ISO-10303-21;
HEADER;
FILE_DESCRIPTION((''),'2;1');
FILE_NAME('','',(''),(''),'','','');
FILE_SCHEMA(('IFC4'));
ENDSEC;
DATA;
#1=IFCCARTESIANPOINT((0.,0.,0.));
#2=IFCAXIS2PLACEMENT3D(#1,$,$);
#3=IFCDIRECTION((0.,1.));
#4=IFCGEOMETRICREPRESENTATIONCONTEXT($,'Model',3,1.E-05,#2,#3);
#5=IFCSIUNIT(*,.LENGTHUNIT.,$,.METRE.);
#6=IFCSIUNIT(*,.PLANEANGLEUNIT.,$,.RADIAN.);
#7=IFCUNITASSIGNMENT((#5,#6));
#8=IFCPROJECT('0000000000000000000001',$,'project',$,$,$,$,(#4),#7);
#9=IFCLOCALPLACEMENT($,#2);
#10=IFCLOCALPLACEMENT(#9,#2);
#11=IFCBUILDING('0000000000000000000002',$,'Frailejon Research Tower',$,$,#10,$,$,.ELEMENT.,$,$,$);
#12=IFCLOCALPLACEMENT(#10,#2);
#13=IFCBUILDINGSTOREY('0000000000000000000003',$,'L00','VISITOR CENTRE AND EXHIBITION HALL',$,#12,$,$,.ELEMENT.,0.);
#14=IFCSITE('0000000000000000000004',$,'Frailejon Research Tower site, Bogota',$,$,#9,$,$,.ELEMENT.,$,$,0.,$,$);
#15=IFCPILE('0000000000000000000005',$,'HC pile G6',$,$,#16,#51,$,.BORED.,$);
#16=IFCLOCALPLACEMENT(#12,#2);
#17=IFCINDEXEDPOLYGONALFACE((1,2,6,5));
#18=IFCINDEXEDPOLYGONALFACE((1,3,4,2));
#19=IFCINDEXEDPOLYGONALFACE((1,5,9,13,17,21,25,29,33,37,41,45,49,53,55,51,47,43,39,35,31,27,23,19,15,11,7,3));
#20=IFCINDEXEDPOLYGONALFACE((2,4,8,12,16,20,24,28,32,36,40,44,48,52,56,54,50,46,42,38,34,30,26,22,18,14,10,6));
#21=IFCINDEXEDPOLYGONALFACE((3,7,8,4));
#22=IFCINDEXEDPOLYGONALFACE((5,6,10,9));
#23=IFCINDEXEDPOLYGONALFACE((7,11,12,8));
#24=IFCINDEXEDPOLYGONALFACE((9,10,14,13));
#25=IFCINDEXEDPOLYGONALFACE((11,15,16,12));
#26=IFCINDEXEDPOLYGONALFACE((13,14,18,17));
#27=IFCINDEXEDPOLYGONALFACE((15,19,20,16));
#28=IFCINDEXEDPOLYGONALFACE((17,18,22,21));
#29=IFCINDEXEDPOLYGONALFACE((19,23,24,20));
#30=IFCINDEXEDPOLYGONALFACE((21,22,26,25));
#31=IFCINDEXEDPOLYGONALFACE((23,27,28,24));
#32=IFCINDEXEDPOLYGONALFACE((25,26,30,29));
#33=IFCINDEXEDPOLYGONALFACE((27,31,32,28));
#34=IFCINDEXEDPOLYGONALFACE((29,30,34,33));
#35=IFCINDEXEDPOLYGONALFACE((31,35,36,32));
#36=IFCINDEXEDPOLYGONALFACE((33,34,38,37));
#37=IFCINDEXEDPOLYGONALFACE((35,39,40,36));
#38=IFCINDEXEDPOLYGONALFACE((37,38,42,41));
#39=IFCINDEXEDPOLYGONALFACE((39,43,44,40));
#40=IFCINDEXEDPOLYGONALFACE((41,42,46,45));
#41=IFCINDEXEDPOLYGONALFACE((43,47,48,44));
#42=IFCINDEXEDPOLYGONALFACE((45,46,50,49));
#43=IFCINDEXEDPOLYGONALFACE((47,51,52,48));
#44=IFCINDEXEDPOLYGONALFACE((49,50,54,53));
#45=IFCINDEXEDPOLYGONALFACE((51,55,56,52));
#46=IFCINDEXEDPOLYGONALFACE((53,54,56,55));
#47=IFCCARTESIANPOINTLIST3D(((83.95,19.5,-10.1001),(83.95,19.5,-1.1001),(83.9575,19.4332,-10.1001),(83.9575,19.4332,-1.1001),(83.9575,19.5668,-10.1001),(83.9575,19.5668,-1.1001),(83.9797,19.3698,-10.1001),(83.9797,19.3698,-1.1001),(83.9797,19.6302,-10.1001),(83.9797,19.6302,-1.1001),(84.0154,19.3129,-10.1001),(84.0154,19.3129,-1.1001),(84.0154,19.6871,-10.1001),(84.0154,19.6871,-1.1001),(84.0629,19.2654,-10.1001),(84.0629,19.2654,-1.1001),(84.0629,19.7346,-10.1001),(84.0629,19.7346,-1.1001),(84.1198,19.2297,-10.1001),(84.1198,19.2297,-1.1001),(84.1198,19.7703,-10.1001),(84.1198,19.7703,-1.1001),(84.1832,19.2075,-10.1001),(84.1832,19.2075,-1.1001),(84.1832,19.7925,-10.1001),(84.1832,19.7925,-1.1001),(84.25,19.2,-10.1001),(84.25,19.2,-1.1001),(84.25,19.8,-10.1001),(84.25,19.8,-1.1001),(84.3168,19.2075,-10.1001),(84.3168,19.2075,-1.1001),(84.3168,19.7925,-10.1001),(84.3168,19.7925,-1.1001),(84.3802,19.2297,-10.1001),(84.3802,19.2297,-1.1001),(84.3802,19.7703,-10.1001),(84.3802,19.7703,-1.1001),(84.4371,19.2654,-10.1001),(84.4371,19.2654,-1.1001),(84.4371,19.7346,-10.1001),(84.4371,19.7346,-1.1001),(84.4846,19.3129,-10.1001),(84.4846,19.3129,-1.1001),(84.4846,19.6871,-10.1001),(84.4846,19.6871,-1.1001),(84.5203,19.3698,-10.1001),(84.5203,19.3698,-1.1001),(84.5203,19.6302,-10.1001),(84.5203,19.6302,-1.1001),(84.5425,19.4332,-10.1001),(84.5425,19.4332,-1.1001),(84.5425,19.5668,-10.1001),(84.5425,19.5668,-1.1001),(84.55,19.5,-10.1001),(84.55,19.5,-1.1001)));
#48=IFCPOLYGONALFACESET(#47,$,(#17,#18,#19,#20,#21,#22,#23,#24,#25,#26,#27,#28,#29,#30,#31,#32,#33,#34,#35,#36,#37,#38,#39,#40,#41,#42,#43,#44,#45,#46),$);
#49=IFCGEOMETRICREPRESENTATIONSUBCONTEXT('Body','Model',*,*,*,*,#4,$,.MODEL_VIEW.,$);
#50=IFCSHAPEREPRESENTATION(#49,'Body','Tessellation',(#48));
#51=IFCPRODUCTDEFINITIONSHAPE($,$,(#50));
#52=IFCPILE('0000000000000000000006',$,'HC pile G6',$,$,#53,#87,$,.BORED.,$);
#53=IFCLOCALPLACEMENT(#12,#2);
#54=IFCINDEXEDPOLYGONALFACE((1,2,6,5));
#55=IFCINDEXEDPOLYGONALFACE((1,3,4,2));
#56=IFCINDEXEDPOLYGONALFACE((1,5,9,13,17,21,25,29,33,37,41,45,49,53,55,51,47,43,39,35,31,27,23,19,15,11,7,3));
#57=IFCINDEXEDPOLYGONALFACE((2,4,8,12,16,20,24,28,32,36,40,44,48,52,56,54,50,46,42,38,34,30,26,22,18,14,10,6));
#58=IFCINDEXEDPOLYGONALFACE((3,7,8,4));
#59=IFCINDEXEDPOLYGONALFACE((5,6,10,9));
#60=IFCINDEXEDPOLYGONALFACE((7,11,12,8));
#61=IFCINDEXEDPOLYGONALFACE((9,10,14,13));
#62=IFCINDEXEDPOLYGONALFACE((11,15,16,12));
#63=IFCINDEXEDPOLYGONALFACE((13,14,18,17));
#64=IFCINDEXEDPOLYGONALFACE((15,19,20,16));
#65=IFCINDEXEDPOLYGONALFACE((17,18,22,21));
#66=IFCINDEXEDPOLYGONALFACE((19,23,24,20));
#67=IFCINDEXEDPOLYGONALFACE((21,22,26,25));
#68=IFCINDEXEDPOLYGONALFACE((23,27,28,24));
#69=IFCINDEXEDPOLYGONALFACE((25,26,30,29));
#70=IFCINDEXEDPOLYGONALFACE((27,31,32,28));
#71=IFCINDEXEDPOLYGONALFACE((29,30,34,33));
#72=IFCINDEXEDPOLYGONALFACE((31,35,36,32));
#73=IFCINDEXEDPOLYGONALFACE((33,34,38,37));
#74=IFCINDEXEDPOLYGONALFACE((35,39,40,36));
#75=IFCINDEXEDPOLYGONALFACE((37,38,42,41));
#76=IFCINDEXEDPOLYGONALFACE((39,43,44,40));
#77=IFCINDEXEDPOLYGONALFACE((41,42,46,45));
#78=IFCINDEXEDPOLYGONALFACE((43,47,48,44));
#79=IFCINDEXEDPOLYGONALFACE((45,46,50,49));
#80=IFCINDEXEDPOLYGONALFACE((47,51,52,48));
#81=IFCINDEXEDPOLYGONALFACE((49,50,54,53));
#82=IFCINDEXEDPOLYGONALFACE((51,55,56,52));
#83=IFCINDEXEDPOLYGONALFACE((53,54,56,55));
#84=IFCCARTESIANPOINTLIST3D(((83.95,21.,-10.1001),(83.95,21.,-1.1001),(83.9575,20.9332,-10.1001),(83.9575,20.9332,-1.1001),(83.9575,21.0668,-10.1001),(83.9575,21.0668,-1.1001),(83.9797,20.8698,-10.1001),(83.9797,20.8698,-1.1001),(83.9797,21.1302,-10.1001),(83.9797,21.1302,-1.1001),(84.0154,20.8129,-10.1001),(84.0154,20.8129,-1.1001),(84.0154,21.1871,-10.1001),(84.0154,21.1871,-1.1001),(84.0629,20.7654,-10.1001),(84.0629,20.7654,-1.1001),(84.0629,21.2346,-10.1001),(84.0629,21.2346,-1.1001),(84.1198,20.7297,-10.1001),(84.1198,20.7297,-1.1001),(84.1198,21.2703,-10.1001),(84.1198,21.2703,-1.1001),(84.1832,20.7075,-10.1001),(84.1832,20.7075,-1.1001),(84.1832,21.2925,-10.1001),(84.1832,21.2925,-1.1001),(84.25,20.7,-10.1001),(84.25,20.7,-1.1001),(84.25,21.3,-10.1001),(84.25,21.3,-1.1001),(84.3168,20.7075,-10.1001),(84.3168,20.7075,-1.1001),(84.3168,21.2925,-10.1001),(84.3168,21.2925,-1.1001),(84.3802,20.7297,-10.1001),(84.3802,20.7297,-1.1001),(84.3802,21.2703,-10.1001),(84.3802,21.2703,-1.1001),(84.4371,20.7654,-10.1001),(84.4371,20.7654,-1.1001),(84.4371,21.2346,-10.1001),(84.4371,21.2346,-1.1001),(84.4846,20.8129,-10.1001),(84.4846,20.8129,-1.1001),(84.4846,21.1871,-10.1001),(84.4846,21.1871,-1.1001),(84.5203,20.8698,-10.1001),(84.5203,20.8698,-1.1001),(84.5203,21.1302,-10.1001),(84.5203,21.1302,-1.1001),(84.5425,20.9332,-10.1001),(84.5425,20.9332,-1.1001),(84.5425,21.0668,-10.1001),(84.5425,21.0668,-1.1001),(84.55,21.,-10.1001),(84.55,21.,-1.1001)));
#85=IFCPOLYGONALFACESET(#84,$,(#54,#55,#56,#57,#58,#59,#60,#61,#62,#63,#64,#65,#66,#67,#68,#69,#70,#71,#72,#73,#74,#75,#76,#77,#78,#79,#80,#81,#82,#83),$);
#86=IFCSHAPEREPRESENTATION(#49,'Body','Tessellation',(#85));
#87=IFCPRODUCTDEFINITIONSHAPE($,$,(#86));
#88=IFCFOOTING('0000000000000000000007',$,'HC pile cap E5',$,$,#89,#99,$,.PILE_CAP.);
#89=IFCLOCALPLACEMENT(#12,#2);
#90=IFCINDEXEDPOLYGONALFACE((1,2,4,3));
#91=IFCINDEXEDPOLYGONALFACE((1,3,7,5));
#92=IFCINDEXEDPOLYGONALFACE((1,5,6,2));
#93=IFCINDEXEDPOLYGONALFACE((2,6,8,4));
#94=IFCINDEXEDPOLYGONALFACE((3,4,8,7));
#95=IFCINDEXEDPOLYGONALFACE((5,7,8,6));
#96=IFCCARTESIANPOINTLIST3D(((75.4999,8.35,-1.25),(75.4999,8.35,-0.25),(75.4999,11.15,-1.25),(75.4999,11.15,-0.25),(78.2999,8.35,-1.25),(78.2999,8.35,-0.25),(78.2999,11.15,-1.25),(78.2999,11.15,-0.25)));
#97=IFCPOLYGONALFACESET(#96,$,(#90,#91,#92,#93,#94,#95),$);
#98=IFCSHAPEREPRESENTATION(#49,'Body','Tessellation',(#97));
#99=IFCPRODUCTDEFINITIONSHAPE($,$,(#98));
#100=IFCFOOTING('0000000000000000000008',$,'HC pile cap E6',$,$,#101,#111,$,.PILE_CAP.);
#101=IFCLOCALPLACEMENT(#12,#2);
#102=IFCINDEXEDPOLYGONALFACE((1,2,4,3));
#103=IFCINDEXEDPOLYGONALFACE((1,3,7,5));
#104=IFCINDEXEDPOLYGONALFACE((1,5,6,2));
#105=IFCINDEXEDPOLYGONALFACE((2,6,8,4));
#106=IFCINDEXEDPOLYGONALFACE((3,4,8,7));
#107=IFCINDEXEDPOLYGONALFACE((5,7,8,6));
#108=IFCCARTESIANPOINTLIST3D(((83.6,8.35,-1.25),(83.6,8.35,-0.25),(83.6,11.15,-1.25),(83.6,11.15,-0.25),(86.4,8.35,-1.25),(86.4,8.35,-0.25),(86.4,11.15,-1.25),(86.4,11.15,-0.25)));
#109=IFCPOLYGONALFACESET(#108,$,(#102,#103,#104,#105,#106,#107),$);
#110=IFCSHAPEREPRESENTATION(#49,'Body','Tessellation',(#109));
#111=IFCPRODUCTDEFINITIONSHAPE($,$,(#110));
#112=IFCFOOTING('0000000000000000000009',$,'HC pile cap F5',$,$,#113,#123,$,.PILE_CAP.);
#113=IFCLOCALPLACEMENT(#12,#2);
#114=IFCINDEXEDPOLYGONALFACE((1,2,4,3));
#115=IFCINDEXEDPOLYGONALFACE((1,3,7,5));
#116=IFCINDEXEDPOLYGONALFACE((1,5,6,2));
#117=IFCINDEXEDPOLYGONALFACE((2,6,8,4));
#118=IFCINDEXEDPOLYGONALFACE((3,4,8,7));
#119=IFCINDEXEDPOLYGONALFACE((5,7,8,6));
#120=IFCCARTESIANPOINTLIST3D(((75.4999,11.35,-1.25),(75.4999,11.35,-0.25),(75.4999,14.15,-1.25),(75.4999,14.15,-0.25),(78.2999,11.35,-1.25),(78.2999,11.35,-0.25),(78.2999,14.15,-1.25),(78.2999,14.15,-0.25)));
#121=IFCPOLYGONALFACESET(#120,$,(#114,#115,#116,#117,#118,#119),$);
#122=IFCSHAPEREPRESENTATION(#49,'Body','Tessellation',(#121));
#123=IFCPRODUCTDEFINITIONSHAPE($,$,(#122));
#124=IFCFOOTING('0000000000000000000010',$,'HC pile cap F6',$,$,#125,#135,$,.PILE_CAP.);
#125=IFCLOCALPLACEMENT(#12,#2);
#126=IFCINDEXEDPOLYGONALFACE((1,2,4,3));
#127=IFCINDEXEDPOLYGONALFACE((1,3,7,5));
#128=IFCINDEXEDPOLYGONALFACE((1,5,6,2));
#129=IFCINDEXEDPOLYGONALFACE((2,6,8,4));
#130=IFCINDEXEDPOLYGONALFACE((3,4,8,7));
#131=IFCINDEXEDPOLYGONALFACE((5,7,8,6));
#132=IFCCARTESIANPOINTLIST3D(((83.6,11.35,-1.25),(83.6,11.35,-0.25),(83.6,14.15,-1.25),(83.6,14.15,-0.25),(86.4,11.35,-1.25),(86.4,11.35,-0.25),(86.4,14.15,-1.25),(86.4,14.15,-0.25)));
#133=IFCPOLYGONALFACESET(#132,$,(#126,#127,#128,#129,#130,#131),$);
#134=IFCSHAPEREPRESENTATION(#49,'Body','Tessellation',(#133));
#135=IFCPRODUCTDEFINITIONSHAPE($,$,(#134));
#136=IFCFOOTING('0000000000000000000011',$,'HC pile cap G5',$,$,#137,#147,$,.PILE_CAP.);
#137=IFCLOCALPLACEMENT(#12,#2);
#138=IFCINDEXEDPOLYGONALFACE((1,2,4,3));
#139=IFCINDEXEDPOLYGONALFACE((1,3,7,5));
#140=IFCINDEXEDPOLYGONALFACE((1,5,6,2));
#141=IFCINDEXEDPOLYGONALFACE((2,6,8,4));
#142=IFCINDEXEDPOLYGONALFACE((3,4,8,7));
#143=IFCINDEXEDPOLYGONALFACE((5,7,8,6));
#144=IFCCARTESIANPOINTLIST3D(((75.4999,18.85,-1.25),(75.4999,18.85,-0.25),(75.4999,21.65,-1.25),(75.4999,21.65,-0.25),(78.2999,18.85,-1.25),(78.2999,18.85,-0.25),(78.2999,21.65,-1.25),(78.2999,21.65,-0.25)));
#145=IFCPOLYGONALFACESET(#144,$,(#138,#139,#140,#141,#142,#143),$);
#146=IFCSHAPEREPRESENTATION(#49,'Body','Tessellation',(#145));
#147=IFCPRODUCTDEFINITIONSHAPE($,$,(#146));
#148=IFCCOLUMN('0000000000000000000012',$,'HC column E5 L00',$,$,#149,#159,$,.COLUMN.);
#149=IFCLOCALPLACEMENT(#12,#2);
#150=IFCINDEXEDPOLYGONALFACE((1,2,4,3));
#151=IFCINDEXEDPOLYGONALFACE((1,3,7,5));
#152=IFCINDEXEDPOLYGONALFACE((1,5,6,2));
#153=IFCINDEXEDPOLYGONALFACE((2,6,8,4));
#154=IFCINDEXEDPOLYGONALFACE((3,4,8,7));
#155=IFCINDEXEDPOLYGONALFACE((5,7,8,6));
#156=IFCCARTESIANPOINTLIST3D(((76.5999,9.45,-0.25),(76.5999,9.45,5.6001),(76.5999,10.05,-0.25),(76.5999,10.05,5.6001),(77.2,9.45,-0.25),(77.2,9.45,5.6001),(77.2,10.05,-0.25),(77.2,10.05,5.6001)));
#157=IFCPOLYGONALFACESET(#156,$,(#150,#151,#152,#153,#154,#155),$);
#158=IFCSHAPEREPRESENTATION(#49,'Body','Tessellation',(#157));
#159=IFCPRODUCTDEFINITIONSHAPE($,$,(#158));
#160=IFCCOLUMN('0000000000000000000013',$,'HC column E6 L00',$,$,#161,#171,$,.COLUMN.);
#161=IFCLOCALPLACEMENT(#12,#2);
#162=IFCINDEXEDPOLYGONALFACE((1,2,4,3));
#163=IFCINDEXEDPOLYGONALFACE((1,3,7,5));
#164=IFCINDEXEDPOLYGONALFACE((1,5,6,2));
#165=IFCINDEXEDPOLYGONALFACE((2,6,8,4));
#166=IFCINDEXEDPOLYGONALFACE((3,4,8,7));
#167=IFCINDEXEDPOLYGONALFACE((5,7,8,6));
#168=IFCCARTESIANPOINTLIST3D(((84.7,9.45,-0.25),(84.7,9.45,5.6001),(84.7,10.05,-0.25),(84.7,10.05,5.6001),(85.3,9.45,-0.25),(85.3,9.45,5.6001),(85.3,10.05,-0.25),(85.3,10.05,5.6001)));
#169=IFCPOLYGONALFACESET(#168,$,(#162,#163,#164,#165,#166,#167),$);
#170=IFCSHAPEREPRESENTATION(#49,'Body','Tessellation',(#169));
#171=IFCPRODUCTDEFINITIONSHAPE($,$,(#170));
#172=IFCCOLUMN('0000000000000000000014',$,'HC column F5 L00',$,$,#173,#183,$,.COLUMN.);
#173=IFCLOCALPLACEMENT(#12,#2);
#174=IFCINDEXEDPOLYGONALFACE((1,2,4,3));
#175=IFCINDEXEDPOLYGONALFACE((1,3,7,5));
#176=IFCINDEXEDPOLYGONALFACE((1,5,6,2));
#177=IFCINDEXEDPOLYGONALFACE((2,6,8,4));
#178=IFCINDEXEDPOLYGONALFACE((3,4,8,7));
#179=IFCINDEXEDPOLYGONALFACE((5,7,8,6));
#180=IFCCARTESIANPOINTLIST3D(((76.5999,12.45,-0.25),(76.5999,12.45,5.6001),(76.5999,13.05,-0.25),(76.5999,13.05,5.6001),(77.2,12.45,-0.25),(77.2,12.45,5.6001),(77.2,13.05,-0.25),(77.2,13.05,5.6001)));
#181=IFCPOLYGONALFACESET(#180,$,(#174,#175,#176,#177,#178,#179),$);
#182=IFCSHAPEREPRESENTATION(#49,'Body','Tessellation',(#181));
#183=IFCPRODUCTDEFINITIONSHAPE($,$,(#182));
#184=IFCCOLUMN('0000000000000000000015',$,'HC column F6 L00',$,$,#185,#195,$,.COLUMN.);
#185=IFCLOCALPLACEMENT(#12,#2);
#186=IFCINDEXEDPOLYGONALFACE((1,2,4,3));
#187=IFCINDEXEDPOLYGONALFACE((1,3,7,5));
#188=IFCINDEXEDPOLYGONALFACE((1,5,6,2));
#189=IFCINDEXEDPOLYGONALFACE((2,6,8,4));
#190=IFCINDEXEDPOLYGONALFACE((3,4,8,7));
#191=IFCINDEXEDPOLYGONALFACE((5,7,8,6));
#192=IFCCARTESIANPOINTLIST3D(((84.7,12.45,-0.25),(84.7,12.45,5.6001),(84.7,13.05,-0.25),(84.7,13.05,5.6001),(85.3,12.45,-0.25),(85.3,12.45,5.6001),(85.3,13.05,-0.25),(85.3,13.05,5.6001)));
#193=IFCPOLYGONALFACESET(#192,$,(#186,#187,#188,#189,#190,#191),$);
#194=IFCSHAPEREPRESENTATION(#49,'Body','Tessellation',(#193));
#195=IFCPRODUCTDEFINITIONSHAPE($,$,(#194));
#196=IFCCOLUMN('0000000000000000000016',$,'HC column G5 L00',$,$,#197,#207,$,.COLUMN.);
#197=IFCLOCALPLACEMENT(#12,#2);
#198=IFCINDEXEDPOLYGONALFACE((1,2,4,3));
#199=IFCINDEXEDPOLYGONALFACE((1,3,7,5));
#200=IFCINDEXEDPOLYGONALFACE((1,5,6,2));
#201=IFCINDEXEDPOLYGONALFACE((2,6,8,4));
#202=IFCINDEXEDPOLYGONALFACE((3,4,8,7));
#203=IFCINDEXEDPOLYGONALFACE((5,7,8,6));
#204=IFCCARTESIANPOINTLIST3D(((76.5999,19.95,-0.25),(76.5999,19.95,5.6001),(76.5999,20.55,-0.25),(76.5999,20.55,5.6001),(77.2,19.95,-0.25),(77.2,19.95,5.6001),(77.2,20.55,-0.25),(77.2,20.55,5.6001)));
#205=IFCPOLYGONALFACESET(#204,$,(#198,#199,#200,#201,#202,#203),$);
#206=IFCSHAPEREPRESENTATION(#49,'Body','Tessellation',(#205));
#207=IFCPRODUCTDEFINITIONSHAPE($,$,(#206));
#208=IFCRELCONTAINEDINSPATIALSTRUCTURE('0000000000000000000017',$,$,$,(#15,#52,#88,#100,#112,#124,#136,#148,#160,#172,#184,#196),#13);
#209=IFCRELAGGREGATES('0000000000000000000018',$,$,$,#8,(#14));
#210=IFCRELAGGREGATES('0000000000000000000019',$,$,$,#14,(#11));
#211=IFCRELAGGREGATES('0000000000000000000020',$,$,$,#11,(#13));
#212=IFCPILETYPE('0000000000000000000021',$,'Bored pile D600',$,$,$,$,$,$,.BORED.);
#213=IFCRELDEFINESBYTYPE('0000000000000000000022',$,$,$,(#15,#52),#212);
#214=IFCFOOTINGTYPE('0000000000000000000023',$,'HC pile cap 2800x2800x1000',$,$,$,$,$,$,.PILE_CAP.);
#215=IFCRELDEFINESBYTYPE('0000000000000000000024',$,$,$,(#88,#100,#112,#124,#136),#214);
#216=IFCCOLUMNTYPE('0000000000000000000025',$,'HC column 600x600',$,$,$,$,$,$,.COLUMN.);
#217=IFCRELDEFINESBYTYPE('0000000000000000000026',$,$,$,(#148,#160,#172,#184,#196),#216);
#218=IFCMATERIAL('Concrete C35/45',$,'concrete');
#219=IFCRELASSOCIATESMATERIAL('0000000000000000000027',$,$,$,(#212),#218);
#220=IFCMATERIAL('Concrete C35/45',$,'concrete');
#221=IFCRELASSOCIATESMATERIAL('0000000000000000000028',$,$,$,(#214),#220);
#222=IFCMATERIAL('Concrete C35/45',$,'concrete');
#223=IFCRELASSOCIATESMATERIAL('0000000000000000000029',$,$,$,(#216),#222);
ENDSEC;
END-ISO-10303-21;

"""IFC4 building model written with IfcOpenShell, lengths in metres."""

from ifc_helpers import new_model, si_unit, direction, frame, origin, origin_2d, place, context, subcontext, project, spatial, rectangle, circle, extrude, material, material_profile, profile_set, type_object, element, save


model = new_model("IFC4")

# Units and contexts
model_context = context("Model", 3, precision=1e-05, world=origin(), true_north=direction((0.0, 1.0)))
body_context = subcontext(model_context, "Body", "Model", "MODEL_VIEW")
ifc_project = project(units=[si_unit("LENGTHUNIT", "METRE"), si_unit("PLANEANGLEUNIT", "RADIAN")], contexts=[model_context])

# Site, building, storey
site_placement = place(None, origin())
site = spatial("IfcSite", under=ifc_project, at=site_placement, Name="Frailejon Research Tower site, Bogota", CompositionType="ELEMENT", RefElevation=0.0)
building_placement = place(site_placement, origin())
building = spatial("IfcBuilding", under=site, at=building_placement, Name="Frailejon Research Tower", CompositionType="ELEMENT")
storey_placement = place(building_placement, origin())
storey = spatial("IfcBuildingStorey", under=building, at=storey_placement, Name="L00", Description="VISITOR CENTRE AND EXHIBITION HALL", CompositionType="ELEMENT", Elevation=0.0)

# Piles
ifc_material_1 = material(Name="Concrete C35/45", Category="concrete")
ifc_material_profile_1 = material_profile(ifc_material_1, circle(Radius=0.3, at=origin_2d()), Name="Bored pile D600")
ifc_profile_set_1 = profile_set([ifc_material_profile_1], Name="Concrete C35/45")
pile_type = type_object("IfcPileType", Name="Bored pile D600", PredefinedType="BORED", material=ifc_profile_set_1)
for number, where, z_axis, x_axis, name in (
    (1, (84.25, 19.5, -1.1001), (0.0, 0.0, -1.0), (1.0, 0.0, 0.0), "HC pile G6"),
    (2, (84.25, 21.0, -1.1001), (0.0, 0.0, -1.0), (1.0, 0.0, 0.0), "HC pile G6"),
):
    element("IfcPile", number, at=place(storey_placement, frame(where, z_axis=z_axis, x_axis=x_axis)), inside=storey, type_object=pile_type, Name=name, PredefinedType="BORED", context=body_context, shape_type="SweptSolid", body=[
        extrude(circle(Radius=0.3, at=origin_2d()), origin(), (0.0, 0.0, 1.0), 9.0),
    ])

# Footings
ifc_material_2 = material(Name="Concrete C35/45", Category="concrete")
footing_type = type_object("IfcFootingType", Name="HC pile cap 2800x2800x1000", PredefinedType="PILE_CAP", material=ifc_material_2)
for number, where, z_axis, x_axis, name in (
    (3, (76.8999, 9.75, -1.25), (0.0, 0.0, 1.0), (1.0, 0.0, 0.0), "HC pile cap E5"),
    (4, (85.0, 9.75, -1.25), (0.0, 0.0, 1.0), (1.0, 0.0, 0.0), "HC pile cap E6"),
    (5, (76.8999, 12.75, -1.25), (0.0, 0.0, 1.0), (1.0, 0.0, 0.0), "HC pile cap F5"),
    (6, (85.0, 12.75, -1.25), (0.0, 0.0, 1.0), (1.0, 0.0, 0.0), "HC pile cap F6"),
    (7, (76.8999, 20.25, -1.25), (0.0, 0.0, 1.0), (1.0, 0.0, 0.0), "HC pile cap G5"),
):
    element("IfcFooting", number, at=place(storey_placement, frame(where, z_axis=z_axis, x_axis=x_axis)), inside=storey, type_object=footing_type, Name=name, PredefinedType="PILE_CAP", context=body_context, shape_type="SweptSolid", body=[
        extrude(rectangle(XDim=2.8, YDim=2.8, at=origin_2d()), origin(), (0.0, 0.0, 1.0), 1.0),
    ])

# Columns
ifc_material_3 = material(Name="Concrete C35/45", Category="concrete")
ifc_material_profile_2 = material_profile(ifc_material_3, rectangle(XDim=0.6001, YDim=0.6001, at=origin_2d()), Name="HC column 600x600")
ifc_profile_set_2 = profile_set([ifc_material_profile_2], Name="Concrete C35/45")
column_type = type_object("IfcColumnType", Name="HC column 600x600", PredefinedType="COLUMN", material=ifc_profile_set_2)
for number, where, z_axis, x_axis, name in (
    (8, (76.8999, 9.75, -0.25), (0.0, 0.0, 1.0), (1.0, 0.0, 0.0), "HC column E5 L00"),
    (9, (85.0, 9.75, -0.25), (0.0, 0.0, 1.0), (1.0, 0.0, 0.0), "HC column E6 L00"),
    (10, (76.8999, 12.75, -0.25), (0.0, 0.0, 1.0), (1.0, 0.0, 0.0), "HC column F5 L00"),
    (11, (85.0, 12.75, -0.25), (0.0, 0.0, 1.0), (1.0, 0.0, 0.0), "HC column F6 L00"),
    (12, (76.8999, 20.25, -0.25), (0.0, 0.0, 1.0), (1.0, 0.0, 0.0), "HC column G5 L00"),
):
    element("IfcColumn", number, at=place(storey_placement, frame(where, z_axis=z_axis, x_axis=x_axis)), inside=storey, type_object=column_type, Name=name, PredefinedType="COLUMN", context=body_context, shape_type="SweptSolid", body=[
        extrude(rectangle(XDim=0.6001, YDim=0.6001, at=origin_2d()), origin(), (0.0, 0.0, 1.0), 5.8501),
    ])

save(model, "model.ifc")
